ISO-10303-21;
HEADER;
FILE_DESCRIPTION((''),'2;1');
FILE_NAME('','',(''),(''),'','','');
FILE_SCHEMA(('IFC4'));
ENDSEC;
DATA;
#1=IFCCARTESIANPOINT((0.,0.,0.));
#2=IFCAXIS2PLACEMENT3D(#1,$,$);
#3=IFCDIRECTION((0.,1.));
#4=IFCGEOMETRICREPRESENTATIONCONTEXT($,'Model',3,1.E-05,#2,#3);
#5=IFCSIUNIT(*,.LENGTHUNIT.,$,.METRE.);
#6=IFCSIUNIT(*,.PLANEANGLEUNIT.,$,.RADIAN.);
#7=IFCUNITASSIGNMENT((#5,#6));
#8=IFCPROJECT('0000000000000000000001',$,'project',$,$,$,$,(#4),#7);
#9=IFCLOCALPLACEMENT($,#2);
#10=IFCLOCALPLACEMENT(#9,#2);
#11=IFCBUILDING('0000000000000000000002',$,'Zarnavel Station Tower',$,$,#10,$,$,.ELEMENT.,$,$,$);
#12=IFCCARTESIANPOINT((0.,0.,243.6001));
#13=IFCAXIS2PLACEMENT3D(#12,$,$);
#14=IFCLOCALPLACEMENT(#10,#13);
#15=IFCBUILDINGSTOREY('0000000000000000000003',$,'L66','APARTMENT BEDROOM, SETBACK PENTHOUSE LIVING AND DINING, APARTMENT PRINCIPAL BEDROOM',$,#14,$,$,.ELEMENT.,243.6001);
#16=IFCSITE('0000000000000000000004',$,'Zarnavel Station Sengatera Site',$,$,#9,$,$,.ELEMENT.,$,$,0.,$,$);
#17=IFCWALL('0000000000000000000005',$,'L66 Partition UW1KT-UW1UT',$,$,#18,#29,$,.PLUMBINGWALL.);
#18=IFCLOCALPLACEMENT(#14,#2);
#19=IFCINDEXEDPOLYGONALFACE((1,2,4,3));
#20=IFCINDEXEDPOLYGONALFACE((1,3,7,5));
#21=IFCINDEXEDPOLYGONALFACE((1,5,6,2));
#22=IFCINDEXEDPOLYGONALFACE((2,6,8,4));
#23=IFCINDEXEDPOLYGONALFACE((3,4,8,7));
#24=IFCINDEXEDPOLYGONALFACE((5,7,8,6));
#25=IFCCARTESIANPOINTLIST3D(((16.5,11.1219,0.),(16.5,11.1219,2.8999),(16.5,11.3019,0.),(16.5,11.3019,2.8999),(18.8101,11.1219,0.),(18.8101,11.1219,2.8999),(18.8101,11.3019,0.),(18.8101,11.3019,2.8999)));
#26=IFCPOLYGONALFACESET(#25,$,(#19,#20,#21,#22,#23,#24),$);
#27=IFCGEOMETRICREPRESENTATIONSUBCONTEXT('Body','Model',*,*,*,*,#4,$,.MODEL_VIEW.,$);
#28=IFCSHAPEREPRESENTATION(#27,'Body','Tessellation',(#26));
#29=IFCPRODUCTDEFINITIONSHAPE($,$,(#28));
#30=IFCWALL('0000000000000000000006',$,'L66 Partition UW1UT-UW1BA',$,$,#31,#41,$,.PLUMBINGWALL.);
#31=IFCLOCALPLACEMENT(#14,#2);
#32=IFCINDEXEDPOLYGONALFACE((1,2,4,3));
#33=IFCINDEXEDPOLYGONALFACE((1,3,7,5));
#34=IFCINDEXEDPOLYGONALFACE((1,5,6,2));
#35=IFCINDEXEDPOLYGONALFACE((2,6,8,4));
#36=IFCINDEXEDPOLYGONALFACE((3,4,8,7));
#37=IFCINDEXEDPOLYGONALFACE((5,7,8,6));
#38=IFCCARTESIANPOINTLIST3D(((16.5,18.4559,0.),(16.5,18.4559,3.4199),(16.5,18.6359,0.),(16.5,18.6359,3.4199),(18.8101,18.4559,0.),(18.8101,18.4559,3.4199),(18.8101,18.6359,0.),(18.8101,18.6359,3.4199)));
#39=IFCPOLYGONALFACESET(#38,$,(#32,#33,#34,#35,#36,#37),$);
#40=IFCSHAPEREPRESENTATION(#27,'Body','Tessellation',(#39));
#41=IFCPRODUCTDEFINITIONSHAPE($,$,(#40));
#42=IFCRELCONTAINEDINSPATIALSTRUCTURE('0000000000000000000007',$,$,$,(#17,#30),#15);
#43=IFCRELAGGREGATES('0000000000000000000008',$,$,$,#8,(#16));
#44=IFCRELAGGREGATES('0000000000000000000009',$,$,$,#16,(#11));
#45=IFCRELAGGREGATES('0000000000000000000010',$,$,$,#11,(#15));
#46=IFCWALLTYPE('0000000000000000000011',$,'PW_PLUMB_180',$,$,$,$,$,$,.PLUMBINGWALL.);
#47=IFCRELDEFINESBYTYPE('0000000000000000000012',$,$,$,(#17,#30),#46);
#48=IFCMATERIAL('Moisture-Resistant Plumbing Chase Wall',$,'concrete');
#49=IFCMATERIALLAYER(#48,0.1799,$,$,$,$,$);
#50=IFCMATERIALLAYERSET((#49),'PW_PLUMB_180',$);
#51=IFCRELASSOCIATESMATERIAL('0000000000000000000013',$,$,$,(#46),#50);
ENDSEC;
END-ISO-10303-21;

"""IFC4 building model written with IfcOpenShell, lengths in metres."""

from ifc_helpers import new_model, si_unit, direction, frame, frame_2d, origin, place, context, subcontext, project, spatial, rectangle, extrude, material, layer, layer_set, type_object, element, save


model = new_model("IFC4")

# Units and contexts
model_context = context("Model", 3, precision=1e-05, world=origin(), true_north=direction((0.0, 1.0)))
body_context = subcontext(model_context, "Body", "Model", "MODEL_VIEW")
ifc_project = project(units=[si_unit("LENGTHUNIT", "METRE"), si_unit("PLANEANGLEUNIT", "RADIAN")], contexts=[model_context])

# Site, building, storey
site_placement = place(None, origin())
site = spatial("IfcSite", under=ifc_project, at=site_placement, Name="Zarnavel Station Sengatera Site", CompositionType="ELEMENT", RefElevation=0.0)
building_placement = place(site_placement, origin())
building = spatial("IfcBuilding", under=site, at=building_placement, Name="Zarnavel Station Tower", CompositionType="ELEMENT")
storey_placement = place(building_placement, frame((0.0, 0.0, 243.6001)))
storey = spatial("IfcBuildingStorey", under=building, at=storey_placement, Name="L66", Description="APARTMENT BEDROOM, SETBACK PENTHOUSE LIVING AND DINING, APARTMENT PRINCIPAL BEDROOM", CompositionType="ELEMENT", Elevation=243.6001)

# Shared definitions
ifc_material_1 = material(Name="Moisture-Resistant Plumbing Chase Wall", Category="concrete")
ifc_layer_1 = layer(ifc_material_1, 0.1799)
ifc_layer_set_1 = layer_set([ifc_layer_1], Name="PW_PLUMB_180")
wall_type_1 = type_object("IfcWallType", Name="PW_PLUMB_180", PredefinedType="PLUMBINGWALL", material=ifc_layer_set_1)

# Walls
wall_1_placement = place(storey_placement, frame((16.5, 11.2119, 0.0), z_axis=(0.0, 0.0, 1.0), x_axis=(1.0, 0.0, 0.0)))
element("IfcWall", 1, at=wall_1_placement, inside=storey, type_object=wall_type_1, Name="L66 Partition UW1KT-UW1UT", PredefinedType="PLUMBINGWALL", context=body_context, shape_type="SweptSolid", body=[
    extrude(rectangle(XDim=2.3101, YDim=0.1799, at=frame_2d((1.155, 0.0))), origin(), (0.0, 0.0, 1.0), 2.8999),
])
wall_2_placement = place(storey_placement, frame((16.5, 18.5459, 0.0), z_axis=(0.0, 0.0, 1.0), x_axis=(1.0, 0.0, 0.0)))
element("IfcWall", 2, at=wall_2_placement, inside=storey, type_object=wall_type_1, Name="L66 Partition UW1UT-UW1BA", PredefinedType="PLUMBINGWALL", context=body_context, shape_type="SweptSolid", body=[
    extrude(rectangle(XDim=2.3101, YDim=0.1799, at=frame_2d((1.155, 0.0))), origin(), (0.0, 0.0, 1.0), 3.4199),
])

save(model, "model.ifc")
